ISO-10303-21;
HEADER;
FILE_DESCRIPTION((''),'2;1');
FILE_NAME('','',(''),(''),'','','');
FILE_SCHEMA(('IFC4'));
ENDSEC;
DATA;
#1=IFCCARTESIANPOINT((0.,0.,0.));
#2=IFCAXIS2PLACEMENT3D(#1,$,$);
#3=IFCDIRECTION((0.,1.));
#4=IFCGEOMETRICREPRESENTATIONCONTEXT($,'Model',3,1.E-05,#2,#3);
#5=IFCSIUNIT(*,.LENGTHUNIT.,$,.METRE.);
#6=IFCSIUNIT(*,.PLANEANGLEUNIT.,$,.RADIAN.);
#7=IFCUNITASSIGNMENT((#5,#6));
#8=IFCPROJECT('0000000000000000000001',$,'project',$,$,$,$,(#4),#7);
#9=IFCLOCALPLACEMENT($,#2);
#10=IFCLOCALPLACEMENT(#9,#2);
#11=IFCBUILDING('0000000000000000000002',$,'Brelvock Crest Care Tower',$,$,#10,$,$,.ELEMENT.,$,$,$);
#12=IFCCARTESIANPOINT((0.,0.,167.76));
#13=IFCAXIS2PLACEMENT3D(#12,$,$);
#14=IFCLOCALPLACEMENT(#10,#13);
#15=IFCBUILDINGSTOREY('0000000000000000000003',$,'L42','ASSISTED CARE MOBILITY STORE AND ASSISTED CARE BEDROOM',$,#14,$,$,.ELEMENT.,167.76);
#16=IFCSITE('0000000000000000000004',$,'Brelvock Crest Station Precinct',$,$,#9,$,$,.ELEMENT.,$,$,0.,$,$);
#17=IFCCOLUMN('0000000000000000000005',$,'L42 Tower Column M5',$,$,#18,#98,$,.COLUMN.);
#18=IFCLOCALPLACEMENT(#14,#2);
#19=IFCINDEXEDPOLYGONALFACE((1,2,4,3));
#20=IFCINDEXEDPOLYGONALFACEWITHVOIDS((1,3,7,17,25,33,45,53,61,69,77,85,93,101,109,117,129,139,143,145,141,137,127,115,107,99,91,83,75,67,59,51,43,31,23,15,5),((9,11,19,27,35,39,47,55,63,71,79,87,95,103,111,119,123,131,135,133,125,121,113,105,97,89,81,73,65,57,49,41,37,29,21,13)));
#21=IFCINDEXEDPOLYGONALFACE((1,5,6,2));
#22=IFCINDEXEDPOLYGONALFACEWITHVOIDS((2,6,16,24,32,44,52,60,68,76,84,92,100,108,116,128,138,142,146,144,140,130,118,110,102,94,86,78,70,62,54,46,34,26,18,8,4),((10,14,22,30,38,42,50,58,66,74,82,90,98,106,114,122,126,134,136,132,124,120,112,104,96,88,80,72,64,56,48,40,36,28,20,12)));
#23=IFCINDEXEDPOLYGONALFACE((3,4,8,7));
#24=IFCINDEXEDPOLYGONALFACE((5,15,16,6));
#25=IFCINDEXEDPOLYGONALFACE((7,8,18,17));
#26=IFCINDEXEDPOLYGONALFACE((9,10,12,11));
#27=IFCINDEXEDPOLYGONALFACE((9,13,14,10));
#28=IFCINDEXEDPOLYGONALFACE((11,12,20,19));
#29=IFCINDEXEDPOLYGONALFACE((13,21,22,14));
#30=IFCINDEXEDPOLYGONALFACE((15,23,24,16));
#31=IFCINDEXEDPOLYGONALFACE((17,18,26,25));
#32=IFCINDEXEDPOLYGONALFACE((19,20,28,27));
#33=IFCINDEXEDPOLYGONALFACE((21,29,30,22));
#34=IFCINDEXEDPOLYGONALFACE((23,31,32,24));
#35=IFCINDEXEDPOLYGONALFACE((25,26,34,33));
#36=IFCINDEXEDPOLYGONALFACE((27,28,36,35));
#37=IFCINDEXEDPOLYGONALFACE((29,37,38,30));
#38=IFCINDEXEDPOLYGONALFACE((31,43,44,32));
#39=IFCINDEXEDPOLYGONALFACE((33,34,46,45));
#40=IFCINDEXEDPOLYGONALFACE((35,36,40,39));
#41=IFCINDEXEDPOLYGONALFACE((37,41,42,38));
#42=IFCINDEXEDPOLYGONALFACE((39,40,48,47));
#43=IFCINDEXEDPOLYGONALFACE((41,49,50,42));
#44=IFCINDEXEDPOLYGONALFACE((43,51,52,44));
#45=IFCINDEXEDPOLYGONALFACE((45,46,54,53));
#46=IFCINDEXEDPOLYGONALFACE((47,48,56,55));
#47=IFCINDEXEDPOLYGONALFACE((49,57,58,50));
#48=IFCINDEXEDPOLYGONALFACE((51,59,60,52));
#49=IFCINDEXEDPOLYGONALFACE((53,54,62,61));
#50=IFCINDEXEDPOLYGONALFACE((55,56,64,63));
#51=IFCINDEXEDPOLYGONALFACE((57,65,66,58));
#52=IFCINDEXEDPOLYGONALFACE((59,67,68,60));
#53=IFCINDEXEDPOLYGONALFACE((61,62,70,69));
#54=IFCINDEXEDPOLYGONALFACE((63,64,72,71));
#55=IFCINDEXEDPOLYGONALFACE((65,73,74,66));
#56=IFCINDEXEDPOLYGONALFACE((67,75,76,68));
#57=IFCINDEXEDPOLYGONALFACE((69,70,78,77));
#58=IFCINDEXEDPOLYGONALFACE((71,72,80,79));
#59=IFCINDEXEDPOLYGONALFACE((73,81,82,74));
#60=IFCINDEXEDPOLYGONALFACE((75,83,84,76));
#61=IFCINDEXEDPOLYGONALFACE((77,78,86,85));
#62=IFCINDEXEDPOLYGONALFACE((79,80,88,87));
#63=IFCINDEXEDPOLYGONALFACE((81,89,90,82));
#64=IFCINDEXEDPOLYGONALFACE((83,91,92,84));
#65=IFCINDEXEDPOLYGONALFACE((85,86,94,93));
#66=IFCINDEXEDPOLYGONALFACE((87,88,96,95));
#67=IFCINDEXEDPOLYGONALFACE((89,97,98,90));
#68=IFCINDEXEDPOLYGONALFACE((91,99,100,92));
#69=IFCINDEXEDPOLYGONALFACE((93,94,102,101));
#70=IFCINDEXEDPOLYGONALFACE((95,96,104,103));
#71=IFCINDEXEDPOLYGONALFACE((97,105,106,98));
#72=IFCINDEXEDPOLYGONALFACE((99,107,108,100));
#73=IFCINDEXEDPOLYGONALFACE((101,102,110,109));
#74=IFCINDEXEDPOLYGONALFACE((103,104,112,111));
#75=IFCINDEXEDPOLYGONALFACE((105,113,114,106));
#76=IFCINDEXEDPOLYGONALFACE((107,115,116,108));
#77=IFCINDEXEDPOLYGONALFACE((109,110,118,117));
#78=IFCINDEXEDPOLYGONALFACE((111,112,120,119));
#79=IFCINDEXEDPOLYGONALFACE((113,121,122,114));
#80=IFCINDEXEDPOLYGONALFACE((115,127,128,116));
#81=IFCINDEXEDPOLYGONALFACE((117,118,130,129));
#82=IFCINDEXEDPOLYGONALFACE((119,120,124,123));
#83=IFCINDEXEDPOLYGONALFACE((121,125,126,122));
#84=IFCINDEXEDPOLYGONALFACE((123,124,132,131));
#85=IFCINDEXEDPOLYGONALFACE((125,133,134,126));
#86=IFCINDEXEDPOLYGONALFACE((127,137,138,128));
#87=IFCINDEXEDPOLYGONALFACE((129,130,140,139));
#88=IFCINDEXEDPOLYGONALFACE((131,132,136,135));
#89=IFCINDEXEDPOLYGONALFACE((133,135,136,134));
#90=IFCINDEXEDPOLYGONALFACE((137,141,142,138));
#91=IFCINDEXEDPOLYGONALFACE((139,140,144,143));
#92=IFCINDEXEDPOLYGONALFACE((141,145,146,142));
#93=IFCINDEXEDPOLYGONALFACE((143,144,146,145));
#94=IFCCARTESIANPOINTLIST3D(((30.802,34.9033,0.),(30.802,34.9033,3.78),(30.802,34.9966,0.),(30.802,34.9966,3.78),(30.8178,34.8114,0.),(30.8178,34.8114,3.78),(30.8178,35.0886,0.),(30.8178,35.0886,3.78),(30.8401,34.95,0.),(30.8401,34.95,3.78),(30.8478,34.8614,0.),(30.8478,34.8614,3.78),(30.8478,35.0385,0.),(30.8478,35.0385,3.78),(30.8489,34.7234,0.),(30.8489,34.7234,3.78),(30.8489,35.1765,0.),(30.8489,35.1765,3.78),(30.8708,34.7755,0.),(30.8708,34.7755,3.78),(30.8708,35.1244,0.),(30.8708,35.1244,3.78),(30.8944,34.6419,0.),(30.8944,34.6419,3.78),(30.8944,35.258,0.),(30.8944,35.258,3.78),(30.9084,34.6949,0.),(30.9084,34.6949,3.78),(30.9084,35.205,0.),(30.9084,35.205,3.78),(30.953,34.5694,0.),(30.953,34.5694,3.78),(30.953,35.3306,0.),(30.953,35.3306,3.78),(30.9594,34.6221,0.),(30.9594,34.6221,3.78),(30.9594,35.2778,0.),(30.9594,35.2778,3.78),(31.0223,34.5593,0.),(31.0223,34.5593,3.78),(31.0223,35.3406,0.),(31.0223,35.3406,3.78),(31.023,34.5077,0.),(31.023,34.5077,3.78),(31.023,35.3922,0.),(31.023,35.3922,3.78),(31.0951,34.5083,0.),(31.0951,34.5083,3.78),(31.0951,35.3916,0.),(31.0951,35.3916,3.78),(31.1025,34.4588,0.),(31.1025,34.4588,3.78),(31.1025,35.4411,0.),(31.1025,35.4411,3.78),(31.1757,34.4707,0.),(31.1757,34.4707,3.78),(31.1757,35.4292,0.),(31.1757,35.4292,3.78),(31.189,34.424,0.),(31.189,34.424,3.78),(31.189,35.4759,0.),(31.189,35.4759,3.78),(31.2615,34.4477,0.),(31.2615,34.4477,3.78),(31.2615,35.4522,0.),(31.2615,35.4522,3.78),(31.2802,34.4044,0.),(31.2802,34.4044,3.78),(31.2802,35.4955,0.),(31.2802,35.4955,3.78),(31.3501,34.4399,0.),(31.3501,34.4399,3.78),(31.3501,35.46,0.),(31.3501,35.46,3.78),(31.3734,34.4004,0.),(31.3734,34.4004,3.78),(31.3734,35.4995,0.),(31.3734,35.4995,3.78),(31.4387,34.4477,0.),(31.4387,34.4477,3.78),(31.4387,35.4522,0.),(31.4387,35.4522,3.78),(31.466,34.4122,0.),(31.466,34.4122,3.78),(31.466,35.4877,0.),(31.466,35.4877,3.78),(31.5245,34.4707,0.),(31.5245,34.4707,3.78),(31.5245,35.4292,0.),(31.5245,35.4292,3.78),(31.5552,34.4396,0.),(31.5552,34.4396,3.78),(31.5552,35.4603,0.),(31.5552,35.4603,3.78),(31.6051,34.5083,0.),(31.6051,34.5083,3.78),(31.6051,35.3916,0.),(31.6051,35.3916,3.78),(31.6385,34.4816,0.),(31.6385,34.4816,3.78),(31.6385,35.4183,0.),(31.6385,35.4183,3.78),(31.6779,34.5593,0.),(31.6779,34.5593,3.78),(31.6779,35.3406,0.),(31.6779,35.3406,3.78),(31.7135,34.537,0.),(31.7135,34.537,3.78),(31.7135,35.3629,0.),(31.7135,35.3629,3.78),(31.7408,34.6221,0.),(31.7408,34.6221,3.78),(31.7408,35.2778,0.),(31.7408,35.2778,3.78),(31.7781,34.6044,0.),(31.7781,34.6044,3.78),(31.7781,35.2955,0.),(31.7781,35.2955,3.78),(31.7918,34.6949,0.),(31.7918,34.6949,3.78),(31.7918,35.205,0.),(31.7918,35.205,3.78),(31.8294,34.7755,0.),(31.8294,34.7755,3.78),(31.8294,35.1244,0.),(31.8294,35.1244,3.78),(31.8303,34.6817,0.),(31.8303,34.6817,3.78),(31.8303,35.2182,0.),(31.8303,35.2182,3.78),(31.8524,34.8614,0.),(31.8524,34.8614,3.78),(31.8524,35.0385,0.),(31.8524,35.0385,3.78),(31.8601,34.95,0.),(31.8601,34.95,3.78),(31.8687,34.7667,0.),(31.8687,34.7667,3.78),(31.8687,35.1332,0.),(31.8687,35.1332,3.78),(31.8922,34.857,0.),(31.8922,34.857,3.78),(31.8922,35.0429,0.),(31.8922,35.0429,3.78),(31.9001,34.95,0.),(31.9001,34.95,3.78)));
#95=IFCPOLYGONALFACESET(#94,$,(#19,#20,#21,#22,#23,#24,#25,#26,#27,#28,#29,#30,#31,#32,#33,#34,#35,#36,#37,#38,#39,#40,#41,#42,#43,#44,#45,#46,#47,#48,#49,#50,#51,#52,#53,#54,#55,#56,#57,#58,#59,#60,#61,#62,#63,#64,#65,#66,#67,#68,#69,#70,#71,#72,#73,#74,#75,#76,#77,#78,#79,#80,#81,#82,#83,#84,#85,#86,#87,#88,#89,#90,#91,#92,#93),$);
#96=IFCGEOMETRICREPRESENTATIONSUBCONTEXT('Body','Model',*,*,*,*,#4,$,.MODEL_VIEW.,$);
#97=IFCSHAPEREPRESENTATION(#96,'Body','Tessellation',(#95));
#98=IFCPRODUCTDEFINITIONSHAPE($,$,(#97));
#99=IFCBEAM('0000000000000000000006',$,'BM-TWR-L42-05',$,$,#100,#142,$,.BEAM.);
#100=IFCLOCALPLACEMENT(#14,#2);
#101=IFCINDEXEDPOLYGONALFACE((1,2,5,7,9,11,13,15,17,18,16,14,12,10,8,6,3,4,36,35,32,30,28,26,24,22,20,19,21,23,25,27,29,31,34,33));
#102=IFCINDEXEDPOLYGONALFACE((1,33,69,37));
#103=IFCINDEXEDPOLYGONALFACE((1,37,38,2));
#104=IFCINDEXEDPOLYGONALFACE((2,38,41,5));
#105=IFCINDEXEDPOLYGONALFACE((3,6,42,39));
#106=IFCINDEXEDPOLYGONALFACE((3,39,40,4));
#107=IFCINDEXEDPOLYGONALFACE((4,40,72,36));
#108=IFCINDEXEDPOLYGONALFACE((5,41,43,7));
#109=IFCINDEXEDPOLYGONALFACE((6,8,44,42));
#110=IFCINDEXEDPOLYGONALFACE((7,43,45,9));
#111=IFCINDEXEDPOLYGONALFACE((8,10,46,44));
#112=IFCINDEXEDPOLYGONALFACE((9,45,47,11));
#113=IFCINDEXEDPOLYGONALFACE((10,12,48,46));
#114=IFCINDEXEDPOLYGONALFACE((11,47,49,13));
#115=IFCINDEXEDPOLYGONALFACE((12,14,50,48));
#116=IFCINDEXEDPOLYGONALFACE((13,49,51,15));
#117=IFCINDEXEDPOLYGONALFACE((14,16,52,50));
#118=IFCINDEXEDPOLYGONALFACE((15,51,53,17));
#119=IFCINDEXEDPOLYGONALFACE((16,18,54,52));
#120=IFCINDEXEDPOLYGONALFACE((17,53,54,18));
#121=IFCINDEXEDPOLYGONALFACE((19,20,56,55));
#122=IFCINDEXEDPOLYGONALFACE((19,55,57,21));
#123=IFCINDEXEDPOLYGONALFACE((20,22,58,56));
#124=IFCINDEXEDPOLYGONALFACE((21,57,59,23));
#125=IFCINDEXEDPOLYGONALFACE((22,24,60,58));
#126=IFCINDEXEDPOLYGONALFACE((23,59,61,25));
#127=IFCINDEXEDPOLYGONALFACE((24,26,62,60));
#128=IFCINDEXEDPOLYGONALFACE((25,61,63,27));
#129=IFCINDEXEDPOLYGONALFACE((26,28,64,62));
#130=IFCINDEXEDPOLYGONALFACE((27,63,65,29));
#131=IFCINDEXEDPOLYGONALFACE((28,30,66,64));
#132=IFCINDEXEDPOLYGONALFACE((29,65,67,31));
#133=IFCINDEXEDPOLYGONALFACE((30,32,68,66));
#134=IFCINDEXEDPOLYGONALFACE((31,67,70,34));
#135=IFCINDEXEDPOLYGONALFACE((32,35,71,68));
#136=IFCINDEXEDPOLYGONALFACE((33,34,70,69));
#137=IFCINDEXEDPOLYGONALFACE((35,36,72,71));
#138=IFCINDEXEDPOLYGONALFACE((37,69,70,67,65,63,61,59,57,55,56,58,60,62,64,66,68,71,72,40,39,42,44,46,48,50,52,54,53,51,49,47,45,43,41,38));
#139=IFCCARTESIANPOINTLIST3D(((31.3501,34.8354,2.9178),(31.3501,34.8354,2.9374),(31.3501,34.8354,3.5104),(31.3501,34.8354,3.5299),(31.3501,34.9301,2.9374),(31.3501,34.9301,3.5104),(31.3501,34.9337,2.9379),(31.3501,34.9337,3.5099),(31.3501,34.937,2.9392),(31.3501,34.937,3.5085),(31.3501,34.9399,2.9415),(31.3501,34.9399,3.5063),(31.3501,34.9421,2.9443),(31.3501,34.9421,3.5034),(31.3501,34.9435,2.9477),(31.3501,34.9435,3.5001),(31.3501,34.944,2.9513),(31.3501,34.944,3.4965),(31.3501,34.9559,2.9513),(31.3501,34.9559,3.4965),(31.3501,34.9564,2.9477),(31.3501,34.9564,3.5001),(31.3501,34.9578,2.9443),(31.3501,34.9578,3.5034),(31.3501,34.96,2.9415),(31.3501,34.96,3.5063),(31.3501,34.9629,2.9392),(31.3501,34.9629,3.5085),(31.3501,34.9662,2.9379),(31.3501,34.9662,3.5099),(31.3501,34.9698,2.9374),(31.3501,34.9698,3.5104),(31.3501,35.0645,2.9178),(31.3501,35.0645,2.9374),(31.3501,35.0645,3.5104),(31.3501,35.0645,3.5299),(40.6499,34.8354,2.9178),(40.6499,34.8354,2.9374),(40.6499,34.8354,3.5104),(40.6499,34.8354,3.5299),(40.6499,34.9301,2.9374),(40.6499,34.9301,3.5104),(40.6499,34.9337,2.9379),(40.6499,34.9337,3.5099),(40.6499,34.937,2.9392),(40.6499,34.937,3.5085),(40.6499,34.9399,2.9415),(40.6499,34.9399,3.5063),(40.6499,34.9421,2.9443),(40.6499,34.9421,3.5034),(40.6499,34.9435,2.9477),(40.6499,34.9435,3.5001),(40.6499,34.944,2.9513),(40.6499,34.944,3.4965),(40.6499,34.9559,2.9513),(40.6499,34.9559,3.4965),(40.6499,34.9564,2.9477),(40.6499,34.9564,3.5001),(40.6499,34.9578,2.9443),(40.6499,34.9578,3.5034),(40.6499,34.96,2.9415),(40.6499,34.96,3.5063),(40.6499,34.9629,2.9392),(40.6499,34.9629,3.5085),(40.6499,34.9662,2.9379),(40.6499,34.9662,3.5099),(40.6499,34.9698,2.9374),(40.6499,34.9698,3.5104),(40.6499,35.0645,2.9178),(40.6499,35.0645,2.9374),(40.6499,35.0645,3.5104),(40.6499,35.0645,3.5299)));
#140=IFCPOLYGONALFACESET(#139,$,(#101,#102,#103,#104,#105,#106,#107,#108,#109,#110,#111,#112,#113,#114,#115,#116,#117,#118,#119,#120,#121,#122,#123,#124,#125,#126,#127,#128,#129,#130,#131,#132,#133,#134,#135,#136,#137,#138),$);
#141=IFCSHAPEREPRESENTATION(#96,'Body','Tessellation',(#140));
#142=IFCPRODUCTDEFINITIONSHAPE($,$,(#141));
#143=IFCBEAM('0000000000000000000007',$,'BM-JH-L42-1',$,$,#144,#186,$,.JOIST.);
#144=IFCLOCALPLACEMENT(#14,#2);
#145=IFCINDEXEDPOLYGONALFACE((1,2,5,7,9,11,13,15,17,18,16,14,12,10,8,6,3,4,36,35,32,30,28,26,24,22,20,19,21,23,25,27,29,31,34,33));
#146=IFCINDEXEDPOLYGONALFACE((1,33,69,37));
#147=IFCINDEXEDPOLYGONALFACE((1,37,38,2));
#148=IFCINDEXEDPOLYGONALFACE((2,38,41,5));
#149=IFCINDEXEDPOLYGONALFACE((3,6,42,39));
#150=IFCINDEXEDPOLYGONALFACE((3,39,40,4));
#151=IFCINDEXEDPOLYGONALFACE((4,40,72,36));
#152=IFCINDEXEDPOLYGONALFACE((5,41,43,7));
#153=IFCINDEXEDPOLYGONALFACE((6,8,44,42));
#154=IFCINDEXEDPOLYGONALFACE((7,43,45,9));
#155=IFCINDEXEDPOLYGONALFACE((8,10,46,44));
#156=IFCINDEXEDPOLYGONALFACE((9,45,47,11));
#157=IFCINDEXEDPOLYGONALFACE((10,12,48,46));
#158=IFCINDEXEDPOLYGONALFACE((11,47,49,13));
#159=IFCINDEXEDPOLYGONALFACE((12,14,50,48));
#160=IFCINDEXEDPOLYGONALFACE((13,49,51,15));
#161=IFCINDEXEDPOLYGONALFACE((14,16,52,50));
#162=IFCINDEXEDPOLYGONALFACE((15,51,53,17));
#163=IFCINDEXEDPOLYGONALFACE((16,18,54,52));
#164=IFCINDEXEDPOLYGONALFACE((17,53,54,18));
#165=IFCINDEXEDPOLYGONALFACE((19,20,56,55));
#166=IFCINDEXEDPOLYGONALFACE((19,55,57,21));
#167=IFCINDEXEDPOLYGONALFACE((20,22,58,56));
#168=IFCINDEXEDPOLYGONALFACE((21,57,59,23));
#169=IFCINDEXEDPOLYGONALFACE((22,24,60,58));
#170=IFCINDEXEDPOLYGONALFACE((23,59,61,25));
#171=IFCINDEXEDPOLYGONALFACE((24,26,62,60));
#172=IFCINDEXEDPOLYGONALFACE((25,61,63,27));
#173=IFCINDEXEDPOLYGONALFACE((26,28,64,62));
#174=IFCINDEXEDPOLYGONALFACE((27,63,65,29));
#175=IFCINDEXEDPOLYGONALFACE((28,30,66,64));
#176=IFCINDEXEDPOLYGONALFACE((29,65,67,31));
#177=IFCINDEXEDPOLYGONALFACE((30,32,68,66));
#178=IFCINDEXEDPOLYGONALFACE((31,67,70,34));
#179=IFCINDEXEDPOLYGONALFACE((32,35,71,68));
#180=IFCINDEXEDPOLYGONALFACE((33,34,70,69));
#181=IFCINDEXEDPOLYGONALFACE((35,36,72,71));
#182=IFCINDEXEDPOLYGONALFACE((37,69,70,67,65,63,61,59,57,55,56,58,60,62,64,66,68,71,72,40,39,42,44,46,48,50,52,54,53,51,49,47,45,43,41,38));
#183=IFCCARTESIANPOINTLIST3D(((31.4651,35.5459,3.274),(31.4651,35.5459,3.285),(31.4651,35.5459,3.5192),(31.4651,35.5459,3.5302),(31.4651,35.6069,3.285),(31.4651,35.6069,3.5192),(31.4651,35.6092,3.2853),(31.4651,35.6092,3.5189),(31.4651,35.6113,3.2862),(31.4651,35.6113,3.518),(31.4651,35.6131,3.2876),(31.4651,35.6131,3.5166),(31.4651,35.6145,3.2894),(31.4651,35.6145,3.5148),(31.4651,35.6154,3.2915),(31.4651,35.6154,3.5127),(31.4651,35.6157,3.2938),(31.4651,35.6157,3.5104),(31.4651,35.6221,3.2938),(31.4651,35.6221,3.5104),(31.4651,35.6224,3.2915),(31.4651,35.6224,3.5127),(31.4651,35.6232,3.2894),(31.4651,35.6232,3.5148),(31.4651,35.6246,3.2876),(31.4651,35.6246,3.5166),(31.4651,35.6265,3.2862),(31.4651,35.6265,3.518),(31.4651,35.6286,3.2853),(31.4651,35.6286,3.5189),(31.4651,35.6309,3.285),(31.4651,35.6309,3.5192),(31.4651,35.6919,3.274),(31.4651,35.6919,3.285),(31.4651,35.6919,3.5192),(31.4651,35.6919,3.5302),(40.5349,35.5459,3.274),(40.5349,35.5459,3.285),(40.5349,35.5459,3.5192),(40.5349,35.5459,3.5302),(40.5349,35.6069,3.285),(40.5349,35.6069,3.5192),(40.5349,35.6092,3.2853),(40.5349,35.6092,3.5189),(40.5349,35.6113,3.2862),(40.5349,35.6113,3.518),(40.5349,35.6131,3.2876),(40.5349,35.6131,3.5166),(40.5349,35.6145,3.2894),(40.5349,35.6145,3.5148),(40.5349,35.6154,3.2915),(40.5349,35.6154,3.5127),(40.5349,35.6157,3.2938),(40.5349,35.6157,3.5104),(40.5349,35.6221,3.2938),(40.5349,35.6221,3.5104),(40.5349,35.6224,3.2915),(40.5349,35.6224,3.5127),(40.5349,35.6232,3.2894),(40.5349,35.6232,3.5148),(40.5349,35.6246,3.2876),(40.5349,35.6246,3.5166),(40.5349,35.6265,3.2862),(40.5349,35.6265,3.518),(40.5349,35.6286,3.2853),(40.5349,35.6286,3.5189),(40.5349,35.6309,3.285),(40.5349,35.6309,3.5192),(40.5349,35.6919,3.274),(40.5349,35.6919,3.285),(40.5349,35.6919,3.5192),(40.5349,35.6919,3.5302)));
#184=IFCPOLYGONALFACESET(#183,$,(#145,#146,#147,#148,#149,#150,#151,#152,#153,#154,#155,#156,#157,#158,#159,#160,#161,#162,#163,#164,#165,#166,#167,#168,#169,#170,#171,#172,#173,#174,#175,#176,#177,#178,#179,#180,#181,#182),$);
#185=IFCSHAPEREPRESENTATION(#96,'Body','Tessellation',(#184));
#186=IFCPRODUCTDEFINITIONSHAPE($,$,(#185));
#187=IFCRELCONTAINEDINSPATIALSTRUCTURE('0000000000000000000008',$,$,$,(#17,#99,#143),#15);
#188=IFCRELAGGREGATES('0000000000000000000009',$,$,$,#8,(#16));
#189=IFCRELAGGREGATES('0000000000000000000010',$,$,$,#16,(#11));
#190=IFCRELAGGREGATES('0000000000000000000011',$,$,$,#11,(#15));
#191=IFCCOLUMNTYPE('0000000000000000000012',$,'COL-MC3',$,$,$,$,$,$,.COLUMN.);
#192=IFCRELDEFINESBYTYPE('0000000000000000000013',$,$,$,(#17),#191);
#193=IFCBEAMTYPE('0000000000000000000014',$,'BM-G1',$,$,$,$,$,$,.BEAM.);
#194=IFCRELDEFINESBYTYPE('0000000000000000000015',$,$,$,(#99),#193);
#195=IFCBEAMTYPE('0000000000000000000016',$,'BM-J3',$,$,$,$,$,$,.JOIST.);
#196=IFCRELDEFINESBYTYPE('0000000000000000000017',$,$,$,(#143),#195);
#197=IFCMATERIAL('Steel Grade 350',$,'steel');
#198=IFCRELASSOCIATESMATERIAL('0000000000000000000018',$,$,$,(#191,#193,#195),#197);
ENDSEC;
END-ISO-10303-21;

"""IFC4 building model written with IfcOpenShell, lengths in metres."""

from ifc_helpers import new_model, si_unit, direction, frame, origin, origin_2d, place, context, subcontext, project, spatial, hollow_circle, i_section, extrude, source, transform, mapped, material, material_profile, profile_set, type_object, element, save


model = new_model("IFC4")

# Units and contexts
model_context = context("Model", 3, precision=1e-05, world=origin(), true_north=direction((0.0, 1.0)))
body_context = subcontext(model_context, "Body", "Model", "MODEL_VIEW")
ifc_project = project(units=[si_unit("LENGTHUNIT", "METRE"), si_unit("PLANEANGLEUNIT", "RADIAN")], contexts=[model_context])

# Site, building, storey
site_placement = place(None, origin())
site = spatial("IfcSite", under=ifc_project, at=site_placement, Name="Brelvock Crest Station Precinct", CompositionType="ELEMENT", RefElevation=0.0)
building_placement = place(site_placement, origin())
building = spatial("IfcBuilding", under=site, at=building_placement, Name="Brelvock Crest Care Tower", CompositionType="ELEMENT")
storey_placement = place(building_placement, frame((0.0, 0.0, 167.76)))
storey = spatial("IfcBuildingStorey", under=building, at=storey_placement, Name="L42", Description="ASSISTED CARE MOBILITY STORE AND ASSISTED CARE BEDROOM", CompositionType="ELEMENT", Elevation=167.76)

# Column
ifc_material_1 = material(Name="Steel Grade 350", Category="steel")
ifc_material_profile_1 = material_profile(ifc_material_1, hollow_circle(Radius=0.55, WallThickness=0.04, at=origin_2d()), Name="CFT1100x40")
ifc_profile_set_1 = profile_set([ifc_material_profile_1], Name="Steel Grade 350")
column_type = type_object("IfcColumnType", Name="COL-MC3", PredefinedType="COLUMN", material=ifc_profile_set_1)
shared_shape_1 = source(origin(), body_context, "Body", "SweptSolid", [
    extrude(hollow_circle(Radius=0.55, WallThickness=0.04, at=origin_2d()), origin(), (0.0, 0.0, 1.0), 3.78),
])
column_placement = place(storey_placement, frame((31.3501, 34.95, 0.0), z_axis=(0.0, 0.0, 1.0), x_axis=(1.0, 0.0, 0.0)))
element("IfcColumn", 1, at=column_placement, inside=storey, type_object=column_type, Name="L42 Tower Column M5", PredefinedType="COLUMN", context=body_context, shape_type="MappedRepresentation", body=[
    mapped(shared_shape_1, transform((0.0, 0.0, 0.0), x_axis=(1.0, 0.0, 0.0), y_axis=(0.0, 1.0, 0.0), z_axis=(0.0, 0.0, 1.0), scale=1.0)),
])

# Beams
ifc_material_profile_2 = material_profile(ifc_material_1, i_section(OverallWidth=0.229, OverallDepth=0.6121, WebThickness=0.012, FlangeThickness=0.0195, FilletRadius=0.0139, at=origin_2d()), Name="610UB125")
ifc_profile_set_2 = profile_set([ifc_material_profile_2], Name="Steel Grade 350")
beam_type_1 = type_object("IfcBeamType", Name="BM-G1", PredefinedType="BEAM", material=ifc_profile_set_2)
shared_shape_2 = source(origin(), body_context, "Body", "SweptSolid", [
    extrude(i_section(OverallWidth=0.229, OverallDepth=0.6121, WebThickness=0.012, FlangeThickness=0.0195, FilletRadius=0.0139, at=origin_2d()), origin(), (0.0, 0.0, 1.0), 9.2998),
])
beam_1_placement = place(storey_placement, frame((31.3501, 34.95, 3.2239), z_axis=(1.0, 0.0, 0.0), x_axis=(0.0, 1.0, 0.0)))
element("IfcBeam", 2, at=beam_1_placement, inside=storey, type_object=beam_type_1, Name="BM-TWR-L42-05", PredefinedType="BEAM", context=body_context, shape_type="MappedRepresentation", body=[
    mapped(shared_shape_2, transform((0.0, 0.0, 0.0), x_axis=(1.0, 0.0, 0.0), y_axis=(0.0, 1.0, 0.0), z_axis=(0.0, 0.0, 1.0), scale=1.0)),
])
ifc_material_profile_3 = material_profile(ifc_material_1, i_section(OverallWidth=0.146, OverallDepth=0.2561, WebThickness=0.0063, FlangeThickness=0.011, FilletRadius=0.0088, at=origin_2d()), Name="250UB37.3")
ifc_profile_set_3 = profile_set([ifc_material_profile_3], Name="Steel Grade 350")
beam_type_2 = type_object("IfcBeamType", Name="BM-J3", PredefinedType="JOIST", material=ifc_profile_set_3)
shared_shape_3 = source(origin(), body_context, "Body", "SweptSolid", [
    extrude(i_section(OverallWidth=0.146, OverallDepth=0.2561, WebThickness=0.0063, FlangeThickness=0.011, FilletRadius=0.0088, at=origin_2d()), origin(), (0.0, 0.0, 1.0), 9.0698),
])
for number, where, z_axis, x_axis, name in (
    (3, (31.4651, 35.6189, 3.4021), (1.0, 0.0, 0.0), (0.0, 1.0, 0.0), "BM-JH-L42-1"),
):
    element("IfcBeam", number, at=place(storey_placement, frame(where, z_axis=z_axis, x_axis=x_axis)), inside=storey, type_object=beam_type_2, Name=name, PredefinedType="JOIST", context=body_context, shape_type="MappedRepresentation", body=[
        mapped(shared_shape_3, transform((0.0, 0.0, 0.0), x_axis=(1.0, 0.0, 0.0), y_axis=(0.0, 1.0, 0.0), z_axis=(0.0, 0.0, 1.0), scale=1.0)),
    ])

save(model, "model.ifc")
